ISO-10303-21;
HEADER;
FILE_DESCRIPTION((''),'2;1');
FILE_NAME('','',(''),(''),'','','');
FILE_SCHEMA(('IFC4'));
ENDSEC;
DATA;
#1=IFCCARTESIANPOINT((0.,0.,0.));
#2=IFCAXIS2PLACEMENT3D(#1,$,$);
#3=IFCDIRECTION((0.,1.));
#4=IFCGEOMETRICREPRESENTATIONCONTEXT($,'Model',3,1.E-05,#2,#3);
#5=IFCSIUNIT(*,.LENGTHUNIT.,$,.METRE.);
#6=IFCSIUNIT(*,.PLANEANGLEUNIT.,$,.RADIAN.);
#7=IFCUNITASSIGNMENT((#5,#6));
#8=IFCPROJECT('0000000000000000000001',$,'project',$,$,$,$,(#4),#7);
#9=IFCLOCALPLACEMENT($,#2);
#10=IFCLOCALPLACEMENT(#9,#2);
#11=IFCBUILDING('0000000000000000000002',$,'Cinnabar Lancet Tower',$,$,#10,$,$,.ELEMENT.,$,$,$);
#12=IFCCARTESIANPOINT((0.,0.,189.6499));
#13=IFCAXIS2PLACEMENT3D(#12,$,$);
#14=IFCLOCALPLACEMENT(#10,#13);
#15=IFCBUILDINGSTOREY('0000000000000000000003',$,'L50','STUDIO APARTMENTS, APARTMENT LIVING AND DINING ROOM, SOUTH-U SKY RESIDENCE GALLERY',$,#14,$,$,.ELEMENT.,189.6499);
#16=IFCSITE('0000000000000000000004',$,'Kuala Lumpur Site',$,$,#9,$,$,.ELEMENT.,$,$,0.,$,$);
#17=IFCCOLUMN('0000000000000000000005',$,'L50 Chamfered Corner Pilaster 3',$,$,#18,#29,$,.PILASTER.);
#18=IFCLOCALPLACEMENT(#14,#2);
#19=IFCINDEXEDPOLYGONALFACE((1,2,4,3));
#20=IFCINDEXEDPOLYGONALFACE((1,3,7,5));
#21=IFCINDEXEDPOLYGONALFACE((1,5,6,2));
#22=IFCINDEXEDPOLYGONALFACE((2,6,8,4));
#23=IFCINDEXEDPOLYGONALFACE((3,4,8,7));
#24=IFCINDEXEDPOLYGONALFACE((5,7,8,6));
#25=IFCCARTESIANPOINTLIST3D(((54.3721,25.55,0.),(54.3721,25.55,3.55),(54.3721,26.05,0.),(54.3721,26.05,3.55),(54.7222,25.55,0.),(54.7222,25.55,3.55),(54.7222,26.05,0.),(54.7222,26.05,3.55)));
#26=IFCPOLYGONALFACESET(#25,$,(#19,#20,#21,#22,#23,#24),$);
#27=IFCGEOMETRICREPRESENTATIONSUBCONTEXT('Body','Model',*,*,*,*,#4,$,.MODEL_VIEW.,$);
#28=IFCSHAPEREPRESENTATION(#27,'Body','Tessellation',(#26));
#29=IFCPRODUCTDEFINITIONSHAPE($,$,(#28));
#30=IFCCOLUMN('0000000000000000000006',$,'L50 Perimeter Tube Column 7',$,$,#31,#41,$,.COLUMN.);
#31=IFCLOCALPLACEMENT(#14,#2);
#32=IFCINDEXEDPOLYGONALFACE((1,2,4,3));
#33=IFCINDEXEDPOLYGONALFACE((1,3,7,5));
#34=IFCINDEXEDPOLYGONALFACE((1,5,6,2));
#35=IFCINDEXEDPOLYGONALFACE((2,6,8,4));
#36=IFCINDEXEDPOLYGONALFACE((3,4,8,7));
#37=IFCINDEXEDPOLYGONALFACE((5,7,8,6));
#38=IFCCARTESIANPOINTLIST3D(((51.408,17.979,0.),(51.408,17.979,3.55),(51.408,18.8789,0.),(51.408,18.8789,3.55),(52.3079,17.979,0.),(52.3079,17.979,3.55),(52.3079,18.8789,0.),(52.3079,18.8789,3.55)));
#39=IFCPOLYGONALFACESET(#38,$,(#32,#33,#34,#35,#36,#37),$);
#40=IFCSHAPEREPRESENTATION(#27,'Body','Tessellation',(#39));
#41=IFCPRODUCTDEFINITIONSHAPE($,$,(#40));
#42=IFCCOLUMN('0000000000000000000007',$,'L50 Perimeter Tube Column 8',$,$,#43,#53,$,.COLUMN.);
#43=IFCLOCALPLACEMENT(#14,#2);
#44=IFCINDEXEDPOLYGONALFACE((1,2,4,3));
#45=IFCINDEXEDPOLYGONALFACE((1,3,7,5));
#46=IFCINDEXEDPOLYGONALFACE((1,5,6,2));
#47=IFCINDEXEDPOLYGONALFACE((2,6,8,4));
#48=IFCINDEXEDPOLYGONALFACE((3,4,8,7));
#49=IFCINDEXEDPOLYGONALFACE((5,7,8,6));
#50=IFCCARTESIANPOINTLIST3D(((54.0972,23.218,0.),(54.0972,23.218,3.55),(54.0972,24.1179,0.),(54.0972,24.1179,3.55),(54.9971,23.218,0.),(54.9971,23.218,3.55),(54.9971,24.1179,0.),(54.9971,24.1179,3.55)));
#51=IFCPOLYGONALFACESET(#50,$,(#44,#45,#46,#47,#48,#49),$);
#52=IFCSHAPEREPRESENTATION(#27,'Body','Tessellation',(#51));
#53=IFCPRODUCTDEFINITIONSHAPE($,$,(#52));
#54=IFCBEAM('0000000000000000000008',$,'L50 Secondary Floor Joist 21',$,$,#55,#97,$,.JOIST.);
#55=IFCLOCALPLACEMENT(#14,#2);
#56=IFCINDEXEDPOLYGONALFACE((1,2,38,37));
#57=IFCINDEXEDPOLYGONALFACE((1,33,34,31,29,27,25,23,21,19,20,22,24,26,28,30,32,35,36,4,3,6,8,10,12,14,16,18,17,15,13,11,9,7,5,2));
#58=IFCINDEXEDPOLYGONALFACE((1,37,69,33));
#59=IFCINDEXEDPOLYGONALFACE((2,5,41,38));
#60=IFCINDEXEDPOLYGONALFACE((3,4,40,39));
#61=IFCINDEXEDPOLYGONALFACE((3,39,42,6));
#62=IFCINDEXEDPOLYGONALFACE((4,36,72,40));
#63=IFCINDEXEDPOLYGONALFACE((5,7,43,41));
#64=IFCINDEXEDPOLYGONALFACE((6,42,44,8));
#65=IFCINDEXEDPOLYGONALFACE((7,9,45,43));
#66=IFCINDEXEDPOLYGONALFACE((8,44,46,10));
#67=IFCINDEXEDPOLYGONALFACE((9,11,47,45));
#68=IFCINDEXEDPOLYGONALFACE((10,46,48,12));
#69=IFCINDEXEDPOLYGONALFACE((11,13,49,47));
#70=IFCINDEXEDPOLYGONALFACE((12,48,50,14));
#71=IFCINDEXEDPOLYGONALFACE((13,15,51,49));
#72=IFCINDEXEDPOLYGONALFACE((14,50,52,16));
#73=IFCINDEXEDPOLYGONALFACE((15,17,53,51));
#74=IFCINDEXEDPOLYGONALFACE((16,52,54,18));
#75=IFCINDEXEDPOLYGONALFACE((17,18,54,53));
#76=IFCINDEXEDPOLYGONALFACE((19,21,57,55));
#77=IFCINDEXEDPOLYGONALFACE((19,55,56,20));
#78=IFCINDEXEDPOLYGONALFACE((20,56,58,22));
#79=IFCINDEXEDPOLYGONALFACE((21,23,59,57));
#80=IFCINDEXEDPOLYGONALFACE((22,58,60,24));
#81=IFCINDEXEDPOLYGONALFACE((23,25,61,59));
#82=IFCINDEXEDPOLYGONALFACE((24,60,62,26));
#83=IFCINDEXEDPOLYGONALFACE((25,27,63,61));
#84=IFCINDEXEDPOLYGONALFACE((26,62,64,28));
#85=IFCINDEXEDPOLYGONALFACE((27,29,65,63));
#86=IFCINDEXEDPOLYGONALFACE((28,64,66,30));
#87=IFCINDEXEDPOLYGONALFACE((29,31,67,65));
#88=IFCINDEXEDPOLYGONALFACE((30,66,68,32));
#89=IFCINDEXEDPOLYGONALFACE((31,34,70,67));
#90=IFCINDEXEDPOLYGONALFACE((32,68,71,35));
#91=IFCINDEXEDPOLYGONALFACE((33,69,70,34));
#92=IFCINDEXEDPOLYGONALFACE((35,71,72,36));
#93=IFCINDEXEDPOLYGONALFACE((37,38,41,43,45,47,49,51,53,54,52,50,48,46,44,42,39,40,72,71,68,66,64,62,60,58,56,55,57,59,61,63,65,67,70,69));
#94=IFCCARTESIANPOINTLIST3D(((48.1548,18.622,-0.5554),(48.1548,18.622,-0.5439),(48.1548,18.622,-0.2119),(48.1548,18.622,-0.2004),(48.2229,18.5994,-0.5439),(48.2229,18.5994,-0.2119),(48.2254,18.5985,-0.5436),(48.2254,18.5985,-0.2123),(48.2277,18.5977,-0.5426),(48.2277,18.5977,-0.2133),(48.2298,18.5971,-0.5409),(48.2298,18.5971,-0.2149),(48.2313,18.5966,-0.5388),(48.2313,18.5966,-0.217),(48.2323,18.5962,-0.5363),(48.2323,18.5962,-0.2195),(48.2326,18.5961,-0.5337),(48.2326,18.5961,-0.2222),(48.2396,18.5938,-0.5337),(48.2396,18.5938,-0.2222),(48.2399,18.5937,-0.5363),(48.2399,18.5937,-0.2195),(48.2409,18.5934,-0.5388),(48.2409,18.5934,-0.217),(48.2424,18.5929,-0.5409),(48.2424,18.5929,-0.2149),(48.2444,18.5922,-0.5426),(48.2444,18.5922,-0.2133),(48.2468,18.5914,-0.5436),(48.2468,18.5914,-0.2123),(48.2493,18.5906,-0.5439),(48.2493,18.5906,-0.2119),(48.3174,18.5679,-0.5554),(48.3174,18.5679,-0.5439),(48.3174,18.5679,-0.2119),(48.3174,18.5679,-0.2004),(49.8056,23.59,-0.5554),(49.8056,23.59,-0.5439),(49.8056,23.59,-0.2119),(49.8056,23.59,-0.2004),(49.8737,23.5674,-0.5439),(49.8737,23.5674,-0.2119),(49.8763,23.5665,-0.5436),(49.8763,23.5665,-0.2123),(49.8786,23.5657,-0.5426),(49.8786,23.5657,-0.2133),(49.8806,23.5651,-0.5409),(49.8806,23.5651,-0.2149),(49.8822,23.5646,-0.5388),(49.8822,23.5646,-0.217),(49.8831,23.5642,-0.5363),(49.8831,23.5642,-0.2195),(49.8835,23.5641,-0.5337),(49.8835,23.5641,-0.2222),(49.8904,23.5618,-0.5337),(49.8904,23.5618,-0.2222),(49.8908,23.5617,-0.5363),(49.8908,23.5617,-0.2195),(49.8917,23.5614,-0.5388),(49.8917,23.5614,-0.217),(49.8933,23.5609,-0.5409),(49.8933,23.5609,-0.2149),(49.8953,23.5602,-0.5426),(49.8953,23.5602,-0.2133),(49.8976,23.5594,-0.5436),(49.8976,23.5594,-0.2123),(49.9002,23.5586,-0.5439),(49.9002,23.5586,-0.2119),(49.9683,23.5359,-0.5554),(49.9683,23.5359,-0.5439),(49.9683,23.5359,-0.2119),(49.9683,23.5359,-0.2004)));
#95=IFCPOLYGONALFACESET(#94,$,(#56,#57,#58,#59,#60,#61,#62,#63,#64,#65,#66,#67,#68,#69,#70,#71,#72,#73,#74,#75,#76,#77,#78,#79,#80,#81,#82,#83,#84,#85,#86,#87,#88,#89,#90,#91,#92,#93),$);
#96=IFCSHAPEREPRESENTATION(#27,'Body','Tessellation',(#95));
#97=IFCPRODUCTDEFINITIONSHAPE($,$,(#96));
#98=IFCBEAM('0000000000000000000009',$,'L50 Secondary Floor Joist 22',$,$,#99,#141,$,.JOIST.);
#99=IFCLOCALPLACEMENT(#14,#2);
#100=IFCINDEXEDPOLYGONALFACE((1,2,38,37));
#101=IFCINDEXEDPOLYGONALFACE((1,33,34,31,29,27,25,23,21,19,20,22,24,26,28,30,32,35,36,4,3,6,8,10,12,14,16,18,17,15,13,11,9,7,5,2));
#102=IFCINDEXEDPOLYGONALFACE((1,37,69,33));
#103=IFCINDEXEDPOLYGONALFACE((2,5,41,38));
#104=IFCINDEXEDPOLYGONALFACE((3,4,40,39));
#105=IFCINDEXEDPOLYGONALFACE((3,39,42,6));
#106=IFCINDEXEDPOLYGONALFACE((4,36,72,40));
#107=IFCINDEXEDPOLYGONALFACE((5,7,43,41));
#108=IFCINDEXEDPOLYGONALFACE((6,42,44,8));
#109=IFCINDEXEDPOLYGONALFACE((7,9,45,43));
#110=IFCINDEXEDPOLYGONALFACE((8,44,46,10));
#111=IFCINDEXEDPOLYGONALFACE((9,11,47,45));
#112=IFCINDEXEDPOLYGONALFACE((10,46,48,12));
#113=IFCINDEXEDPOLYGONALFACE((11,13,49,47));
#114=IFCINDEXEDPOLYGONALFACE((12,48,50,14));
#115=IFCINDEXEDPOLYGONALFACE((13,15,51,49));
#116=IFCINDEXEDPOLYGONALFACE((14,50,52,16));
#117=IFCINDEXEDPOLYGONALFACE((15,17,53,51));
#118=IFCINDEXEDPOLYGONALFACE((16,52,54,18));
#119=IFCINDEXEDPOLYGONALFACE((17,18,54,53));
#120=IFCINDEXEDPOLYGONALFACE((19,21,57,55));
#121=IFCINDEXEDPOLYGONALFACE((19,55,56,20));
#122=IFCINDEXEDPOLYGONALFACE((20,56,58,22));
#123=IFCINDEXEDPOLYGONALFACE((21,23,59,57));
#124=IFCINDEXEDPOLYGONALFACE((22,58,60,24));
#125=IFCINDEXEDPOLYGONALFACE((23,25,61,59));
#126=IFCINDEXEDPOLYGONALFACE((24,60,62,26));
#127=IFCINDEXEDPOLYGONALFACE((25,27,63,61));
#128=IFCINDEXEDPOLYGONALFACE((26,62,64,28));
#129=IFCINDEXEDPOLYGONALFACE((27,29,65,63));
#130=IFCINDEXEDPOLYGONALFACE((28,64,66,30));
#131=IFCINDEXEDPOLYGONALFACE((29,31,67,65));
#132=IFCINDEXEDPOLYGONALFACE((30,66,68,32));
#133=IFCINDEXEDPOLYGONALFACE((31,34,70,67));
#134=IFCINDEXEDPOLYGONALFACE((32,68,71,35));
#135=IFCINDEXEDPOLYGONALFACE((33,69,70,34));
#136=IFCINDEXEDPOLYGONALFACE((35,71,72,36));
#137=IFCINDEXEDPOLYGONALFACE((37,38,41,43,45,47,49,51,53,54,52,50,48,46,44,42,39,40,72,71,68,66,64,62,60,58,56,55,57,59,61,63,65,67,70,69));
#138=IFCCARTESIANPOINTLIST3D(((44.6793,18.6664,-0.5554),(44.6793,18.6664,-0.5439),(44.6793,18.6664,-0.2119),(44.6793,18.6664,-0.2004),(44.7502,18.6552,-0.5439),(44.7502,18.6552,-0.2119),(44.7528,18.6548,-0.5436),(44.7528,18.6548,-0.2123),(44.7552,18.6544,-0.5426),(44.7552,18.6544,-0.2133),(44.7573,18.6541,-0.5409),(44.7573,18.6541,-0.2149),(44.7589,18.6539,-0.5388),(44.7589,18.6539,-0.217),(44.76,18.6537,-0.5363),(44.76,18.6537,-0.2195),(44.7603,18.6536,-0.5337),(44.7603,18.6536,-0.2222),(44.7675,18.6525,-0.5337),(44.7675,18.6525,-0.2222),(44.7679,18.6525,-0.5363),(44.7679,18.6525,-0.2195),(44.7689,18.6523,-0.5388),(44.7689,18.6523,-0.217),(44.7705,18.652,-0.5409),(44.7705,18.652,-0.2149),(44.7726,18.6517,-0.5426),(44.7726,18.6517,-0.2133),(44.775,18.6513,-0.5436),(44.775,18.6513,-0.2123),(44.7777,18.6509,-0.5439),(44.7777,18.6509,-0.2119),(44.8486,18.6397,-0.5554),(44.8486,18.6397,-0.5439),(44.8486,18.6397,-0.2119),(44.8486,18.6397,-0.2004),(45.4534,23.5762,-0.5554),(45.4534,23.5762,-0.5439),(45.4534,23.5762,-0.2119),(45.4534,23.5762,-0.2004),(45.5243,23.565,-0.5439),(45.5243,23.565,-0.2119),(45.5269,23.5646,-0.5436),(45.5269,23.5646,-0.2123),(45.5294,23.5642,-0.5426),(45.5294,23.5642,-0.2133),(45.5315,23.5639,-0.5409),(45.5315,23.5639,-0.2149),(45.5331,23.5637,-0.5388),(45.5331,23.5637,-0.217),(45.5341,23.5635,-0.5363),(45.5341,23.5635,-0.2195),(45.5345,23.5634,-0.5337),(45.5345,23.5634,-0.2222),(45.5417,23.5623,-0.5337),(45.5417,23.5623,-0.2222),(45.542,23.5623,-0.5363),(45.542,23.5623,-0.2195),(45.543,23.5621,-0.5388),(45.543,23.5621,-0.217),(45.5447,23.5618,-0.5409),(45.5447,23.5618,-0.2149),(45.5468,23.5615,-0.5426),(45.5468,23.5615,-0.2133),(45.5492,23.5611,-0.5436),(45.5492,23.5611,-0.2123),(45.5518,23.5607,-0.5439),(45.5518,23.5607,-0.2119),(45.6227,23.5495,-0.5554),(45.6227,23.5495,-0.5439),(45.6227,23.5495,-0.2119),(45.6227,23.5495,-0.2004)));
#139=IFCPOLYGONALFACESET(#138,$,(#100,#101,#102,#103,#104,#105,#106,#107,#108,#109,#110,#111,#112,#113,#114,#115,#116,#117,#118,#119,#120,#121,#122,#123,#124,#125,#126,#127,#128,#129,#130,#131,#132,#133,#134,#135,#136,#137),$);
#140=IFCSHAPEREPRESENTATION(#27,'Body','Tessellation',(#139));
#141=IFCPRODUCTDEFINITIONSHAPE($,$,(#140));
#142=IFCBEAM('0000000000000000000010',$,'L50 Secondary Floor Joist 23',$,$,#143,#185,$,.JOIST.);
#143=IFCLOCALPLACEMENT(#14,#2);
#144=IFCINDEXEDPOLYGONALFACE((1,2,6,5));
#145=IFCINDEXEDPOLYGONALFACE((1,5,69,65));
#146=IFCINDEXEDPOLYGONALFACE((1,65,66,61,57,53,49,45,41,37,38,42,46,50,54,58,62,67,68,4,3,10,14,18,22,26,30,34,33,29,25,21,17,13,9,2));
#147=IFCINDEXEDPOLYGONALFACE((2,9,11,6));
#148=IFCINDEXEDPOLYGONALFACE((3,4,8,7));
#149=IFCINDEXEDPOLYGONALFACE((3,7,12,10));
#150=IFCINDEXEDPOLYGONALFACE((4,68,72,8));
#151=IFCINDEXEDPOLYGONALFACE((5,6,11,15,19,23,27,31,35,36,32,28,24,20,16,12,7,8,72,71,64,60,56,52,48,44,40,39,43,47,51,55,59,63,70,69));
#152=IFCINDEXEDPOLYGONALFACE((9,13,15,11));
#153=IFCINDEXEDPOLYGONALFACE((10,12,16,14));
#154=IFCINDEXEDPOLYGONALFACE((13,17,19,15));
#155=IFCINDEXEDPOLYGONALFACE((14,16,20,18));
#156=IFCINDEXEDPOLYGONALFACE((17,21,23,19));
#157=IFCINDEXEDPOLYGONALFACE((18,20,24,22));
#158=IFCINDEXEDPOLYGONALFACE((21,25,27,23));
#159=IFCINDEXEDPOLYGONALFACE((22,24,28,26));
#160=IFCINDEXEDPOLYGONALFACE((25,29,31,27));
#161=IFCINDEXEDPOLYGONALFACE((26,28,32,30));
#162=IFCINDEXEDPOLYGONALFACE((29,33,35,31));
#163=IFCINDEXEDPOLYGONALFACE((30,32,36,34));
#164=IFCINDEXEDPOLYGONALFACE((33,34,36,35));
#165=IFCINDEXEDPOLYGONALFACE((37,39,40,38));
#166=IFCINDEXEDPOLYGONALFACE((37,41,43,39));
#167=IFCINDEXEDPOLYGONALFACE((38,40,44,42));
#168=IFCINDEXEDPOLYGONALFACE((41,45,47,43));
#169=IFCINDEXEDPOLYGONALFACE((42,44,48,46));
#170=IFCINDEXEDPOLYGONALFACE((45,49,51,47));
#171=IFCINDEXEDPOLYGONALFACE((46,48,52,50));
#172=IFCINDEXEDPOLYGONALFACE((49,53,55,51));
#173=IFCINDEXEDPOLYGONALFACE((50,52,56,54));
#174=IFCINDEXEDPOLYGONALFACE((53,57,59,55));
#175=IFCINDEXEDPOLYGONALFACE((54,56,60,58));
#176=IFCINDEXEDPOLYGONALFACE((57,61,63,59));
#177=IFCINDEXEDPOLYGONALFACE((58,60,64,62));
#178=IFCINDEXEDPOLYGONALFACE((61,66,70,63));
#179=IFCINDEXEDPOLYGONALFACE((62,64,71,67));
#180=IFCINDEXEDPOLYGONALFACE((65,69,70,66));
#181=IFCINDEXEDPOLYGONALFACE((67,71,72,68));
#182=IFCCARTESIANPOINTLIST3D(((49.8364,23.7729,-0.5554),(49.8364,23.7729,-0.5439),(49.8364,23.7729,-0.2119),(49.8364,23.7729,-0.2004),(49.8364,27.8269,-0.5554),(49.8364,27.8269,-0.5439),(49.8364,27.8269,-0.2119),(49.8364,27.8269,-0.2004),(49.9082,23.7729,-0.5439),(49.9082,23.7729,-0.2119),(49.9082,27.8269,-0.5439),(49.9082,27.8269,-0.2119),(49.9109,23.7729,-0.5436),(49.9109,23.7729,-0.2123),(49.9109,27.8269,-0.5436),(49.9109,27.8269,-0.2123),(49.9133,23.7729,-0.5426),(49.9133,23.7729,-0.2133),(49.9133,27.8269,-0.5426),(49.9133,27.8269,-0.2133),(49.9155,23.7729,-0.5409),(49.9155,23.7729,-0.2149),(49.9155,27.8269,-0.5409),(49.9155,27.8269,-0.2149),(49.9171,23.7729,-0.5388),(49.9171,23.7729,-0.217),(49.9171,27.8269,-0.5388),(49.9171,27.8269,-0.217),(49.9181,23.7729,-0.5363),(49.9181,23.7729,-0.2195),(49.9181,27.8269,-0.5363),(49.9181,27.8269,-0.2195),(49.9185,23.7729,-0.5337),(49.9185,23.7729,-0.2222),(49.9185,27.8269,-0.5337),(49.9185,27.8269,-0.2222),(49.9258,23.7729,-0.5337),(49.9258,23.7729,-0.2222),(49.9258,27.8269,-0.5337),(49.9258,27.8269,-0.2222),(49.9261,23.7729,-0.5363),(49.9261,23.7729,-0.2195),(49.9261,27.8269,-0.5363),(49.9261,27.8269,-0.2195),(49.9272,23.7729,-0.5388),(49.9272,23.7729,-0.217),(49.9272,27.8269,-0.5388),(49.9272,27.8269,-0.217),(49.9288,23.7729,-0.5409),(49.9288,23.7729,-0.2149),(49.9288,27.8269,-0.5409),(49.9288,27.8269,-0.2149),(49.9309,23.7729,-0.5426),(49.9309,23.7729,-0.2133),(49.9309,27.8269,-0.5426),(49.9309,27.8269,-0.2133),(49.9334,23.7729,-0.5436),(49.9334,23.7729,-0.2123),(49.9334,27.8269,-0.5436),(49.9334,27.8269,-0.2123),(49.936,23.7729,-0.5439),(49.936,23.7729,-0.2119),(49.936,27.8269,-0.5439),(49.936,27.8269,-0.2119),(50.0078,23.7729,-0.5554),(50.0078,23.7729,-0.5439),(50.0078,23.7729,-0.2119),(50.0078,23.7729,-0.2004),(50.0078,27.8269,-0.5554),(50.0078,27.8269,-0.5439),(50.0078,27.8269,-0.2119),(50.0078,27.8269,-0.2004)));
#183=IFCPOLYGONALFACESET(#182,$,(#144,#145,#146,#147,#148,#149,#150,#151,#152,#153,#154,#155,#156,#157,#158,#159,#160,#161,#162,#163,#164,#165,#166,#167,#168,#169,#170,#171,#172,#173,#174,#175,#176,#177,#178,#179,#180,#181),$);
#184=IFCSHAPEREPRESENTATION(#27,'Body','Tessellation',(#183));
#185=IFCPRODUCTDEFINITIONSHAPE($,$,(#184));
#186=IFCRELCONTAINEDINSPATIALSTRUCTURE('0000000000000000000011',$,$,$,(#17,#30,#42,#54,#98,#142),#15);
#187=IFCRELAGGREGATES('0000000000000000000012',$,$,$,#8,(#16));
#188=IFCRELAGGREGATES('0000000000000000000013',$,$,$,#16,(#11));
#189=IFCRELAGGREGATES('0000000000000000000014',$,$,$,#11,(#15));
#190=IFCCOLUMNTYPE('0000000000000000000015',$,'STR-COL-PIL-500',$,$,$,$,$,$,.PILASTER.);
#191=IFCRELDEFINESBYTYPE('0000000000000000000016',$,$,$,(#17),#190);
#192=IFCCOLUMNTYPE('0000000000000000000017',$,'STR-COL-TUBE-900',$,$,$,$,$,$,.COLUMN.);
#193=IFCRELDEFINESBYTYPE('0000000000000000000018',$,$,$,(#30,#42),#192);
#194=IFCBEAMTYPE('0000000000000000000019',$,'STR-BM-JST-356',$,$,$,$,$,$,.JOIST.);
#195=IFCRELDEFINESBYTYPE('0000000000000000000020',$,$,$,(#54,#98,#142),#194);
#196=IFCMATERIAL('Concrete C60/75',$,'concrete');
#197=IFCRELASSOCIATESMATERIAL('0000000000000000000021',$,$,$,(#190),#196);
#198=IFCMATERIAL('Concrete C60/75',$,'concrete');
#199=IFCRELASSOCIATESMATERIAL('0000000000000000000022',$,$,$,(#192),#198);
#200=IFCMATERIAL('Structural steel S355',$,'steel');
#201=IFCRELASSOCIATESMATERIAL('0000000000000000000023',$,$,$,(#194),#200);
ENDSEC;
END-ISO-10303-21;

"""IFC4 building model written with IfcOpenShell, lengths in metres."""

from ifc_helpers import new_model, si_unit, direction, frame, origin, origin_2d, place, context, subcontext, project, spatial, rectangle, i_section, extrude, material, material_profile, profile_set, type_object, element, save


model = new_model("IFC4")

# Units and contexts
model_context = context("Model", 3, precision=1e-05, world=origin(), true_north=direction((0.0, 1.0)))
body_context = subcontext(model_context, "Body", "Model", "MODEL_VIEW")
ifc_project = project(units=[si_unit("LENGTHUNIT", "METRE"), si_unit("PLANEANGLEUNIT", "RADIAN")], contexts=[model_context])

# Site, building, storey
site_placement = place(None, origin())
site = spatial("IfcSite", under=ifc_project, at=site_placement, Name="Kuala Lumpur Site", CompositionType="ELEMENT", RefElevation=0.0)
building_placement = place(site_placement, origin())
building = spatial("IfcBuilding", under=site, at=building_placement, Name="Cinnabar Lancet Tower", CompositionType="ELEMENT")
storey_placement = place(building_placement, frame((0.0, 0.0, 189.6499)))
storey = spatial("IfcBuildingStorey", under=building, at=storey_placement, Name="L50", Description="STUDIO APARTMENTS, APARTMENT LIVING AND DINING ROOM, SOUTH-U SKY RESIDENCE GALLERY", CompositionType="ELEMENT", Elevation=189.6499)

# Columns
ifc_material_1 = material(Name="Concrete C60/75", Category="concrete")
ifc_material_profile_1 = material_profile(ifc_material_1, rectangle(XDim=0.5, YDim=0.3501, at=origin_2d()), Name="RC-PIL 500x350")
ifc_profile_set_1 = profile_set([ifc_material_profile_1], Name="Concrete C60/75")
column_type_1 = type_object("IfcColumnType", Name="STR-COL-PIL-500", PredefinedType="PILASTER", material=ifc_profile_set_1)
column_placement = place(storey_placement, frame((54.5471, 25.8, 0.0), z_axis=(0.0, 0.0, 1.0), x_axis=(0.0, 1.0, 0.0)))
element("IfcColumn", 1, at=column_placement, inside=storey, type_object=column_type_1, Name="L50 Chamfered Corner Pilaster 3", PredefinedType="PILASTER", context=body_context, shape_type="SweptSolid", body=[
    extrude(rectangle(XDim=0.5, YDim=0.3501, at=origin_2d()), origin(), (0.0, 0.0, 1.0), 3.55),
])
ifc_material_2 = material(Name="Concrete C60/75", Category="concrete")
ifc_material_profile_2 = material_profile(ifc_material_2, rectangle(XDim=0.8999, YDim=0.8999, at=origin_2d()), Name="RC-COL 900x900")
ifc_profile_set_2 = profile_set([ifc_material_profile_2], Name="Concrete C60/75")
column_type_2 = type_object("IfcColumnType", Name="STR-COL-TUBE-900", PredefinedType="COLUMN", material=ifc_profile_set_2)
for number, where, z_axis, x_axis, name in (
    (2, (51.8579, 18.429, 0.0), (0.0, 0.0, 1.0), (1.0, 0.0, 0.0), "L50 Perimeter Tube Column 7"),
    (3, (54.5471, 23.668, 0.0), (0.0, 0.0, 1.0), (1.0, 0.0, 0.0), "L50 Perimeter Tube Column 8"),
):
    element("IfcColumn", number, at=place(storey_placement, frame(where, z_axis=z_axis, x_axis=x_axis)), inside=storey, type_object=column_type_2, Name=name, PredefinedType="COLUMN", context=body_context, shape_type="SweptSolid", body=[
        extrude(rectangle(XDim=0.8999, YDim=0.8999, at=origin_2d()), origin(), (0.0, 0.0, 1.0), 3.55),
    ])

# Beams
ifc_material_3 = material(Name="Structural steel S355", Category="steel")
ifc_material_profile_3 = material_profile(ifc_material_3, i_section(OverallWidth=0.1714, OverallDepth=0.355, WebThickness=0.0073, FlangeThickness=0.0115, FilletRadius=0.0103, at=origin_2d()), Name="UKB 356x171x51")
ifc_profile_set_3 = profile_set([ifc_material_profile_3], Name="Structural steel S355")
beam_type_1 = type_object("IfcBeamType", Name="STR-BM-JST-356", PredefinedType="JOIST", material=ifc_profile_set_3)
beam_1_placement = place(storey_placement, frame((48.2361, 18.595, -0.3779), z_axis=(0.315346, 0.948977, 0.0), x_axis=(-0.948977, 0.315346, 0.0)))
element("IfcBeam", 4, at=beam_1_placement, inside=storey, type_object=beam_type_1, Name="L50 Secondary Floor Joist 21", PredefinedType="JOIST", context=body_context, shape_type="SweptSolid", body=[
    extrude(i_section(OverallWidth=0.1714, OverallDepth=0.355, WebThickness=0.0073, FlangeThickness=0.0115, FilletRadius=0.0103, at=origin_2d()), origin(), (0.0, 0.0, 1.0), 5.2351),
])
beam_2_placement = place(storey_placement, frame((44.7639, 18.6531, -0.3779), z_axis=(0.155751, 0.987796, 0.0), x_axis=(-0.987796, 0.155751, 0.0)))
element("IfcBeam", 5, at=beam_2_placement, inside=storey, type_object=beam_type_1, Name="L50 Secondary Floor Joist 22", PredefinedType="JOIST", context=body_context, shape_type="SweptSolid", body=[
    extrude(i_section(OverallWidth=0.1714, OverallDepth=0.355, WebThickness=0.0073, FlangeThickness=0.0115, FilletRadius=0.0103, at=origin_2d()), origin(), (0.0, 0.0, 1.0), 4.9705),
])
for number, where, z_axis, x_axis, name in (
    (6, (49.9221, 23.7729, -0.3779), (0.0, 1.0, 0.0), (-1.0, 0.0, 0.0), "L50 Secondary Floor Joist 23"),
):
    element("IfcBeam", number, at=place(storey_placement, frame(where, z_axis=z_axis, x_axis=x_axis)), inside=storey, type_object=beam_type_1, Name=name, PredefinedType="JOIST", context=body_context, shape_type="SweptSolid", body=[
        extrude(i_section(OverallWidth=0.1714, OverallDepth=0.355, WebThickness=0.0073, FlangeThickness=0.0115, FilletRadius=0.0103, at=origin_2d()), origin(), (0.0, 0.0, 1.0), 4.054),
    ])

save(model, "model.ifc")
